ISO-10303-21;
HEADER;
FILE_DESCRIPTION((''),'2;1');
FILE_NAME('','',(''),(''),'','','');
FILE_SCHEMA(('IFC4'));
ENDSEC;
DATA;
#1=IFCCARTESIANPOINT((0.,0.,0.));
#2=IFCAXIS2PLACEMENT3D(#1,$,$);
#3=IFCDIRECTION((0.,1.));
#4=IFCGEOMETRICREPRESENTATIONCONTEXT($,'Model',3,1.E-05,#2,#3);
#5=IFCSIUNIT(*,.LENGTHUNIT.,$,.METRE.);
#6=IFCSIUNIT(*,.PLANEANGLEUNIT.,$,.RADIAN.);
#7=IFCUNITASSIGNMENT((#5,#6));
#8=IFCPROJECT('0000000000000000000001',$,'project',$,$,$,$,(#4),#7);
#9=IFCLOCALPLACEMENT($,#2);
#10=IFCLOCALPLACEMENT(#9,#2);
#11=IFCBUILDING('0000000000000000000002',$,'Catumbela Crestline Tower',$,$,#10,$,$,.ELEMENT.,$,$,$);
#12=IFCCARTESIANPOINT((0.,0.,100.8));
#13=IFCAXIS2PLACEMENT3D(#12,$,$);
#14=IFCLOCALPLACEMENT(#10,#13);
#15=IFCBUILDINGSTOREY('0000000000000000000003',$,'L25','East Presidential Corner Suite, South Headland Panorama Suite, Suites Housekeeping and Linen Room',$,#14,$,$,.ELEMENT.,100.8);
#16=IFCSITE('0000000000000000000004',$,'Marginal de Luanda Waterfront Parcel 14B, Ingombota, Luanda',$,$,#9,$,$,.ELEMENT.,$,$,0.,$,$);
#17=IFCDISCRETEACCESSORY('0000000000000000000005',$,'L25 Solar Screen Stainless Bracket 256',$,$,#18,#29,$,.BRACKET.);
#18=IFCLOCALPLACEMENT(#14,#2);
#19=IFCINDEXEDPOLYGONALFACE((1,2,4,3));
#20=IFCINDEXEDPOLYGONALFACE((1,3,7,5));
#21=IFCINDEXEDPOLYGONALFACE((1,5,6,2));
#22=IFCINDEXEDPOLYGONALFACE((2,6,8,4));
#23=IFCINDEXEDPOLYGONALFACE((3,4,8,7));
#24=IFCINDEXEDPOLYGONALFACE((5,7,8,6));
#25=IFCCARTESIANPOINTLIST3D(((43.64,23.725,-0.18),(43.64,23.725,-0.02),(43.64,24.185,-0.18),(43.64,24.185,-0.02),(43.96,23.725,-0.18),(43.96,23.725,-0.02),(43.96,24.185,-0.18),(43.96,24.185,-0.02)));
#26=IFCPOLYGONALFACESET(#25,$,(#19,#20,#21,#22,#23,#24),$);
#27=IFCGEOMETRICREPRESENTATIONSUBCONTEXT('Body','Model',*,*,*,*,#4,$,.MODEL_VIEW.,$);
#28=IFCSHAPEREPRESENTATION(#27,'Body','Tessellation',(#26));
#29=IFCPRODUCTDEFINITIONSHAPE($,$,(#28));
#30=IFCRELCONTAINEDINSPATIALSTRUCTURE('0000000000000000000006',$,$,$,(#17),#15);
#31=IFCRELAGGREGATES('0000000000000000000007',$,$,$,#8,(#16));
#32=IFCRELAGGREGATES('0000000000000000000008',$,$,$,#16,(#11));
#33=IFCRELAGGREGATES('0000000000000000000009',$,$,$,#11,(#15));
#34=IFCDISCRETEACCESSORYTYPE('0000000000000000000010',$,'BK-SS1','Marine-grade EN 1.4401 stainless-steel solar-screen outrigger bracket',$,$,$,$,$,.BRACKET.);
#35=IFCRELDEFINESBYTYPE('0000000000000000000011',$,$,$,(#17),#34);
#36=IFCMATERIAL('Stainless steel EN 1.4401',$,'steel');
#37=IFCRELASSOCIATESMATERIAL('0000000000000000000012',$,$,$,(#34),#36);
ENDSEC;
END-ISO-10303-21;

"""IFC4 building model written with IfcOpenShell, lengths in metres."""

from ifc_helpers import new_model, si_unit, direction, frame, origin, origin_2d, place, context, subcontext, project, spatial, rectangle, extrude, material, type_object, element, save


model = new_model("IFC4")

# Units and contexts
model_context = context("Model", 3, precision=1e-05, world=origin(), true_north=direction((0.0, 1.0)))
body_context = subcontext(model_context, "Body", "Model", "MODEL_VIEW")
ifc_project = project(units=[si_unit("LENGTHUNIT", "METRE"), si_unit("PLANEANGLEUNIT", "RADIAN")], contexts=[model_context])

# Site, building, storey
site_placement = place(None, origin())
site = spatial("IfcSite", under=ifc_project, at=site_placement, Name="Marginal de Luanda Waterfront Parcel 14B, Ingombota, Luanda", CompositionType="ELEMENT", RefElevation=0.0)
building_placement = place(site_placement, origin())
building = spatial("IfcBuilding", under=site, at=building_placement, Name="Catumbela Crestline Tower", CompositionType="ELEMENT")
storey_placement = place(building_placement, frame((0.0, 0.0, 100.8)))
storey = spatial("IfcBuildingStorey", under=building, at=storey_placement, Name="L25", Description="East Presidential Corner Suite, South Headland Panorama Suite, Suites Housekeeping and Linen Room", CompositionType="ELEMENT", Elevation=100.8)

# Discrete accessory
ifc_material_1 = material(Name="Stainless steel EN 1.4401", Category="steel")
discrete_accessory_type = type_object("IfcDiscreteAccessoryType", Name="BK-SS1", Description="Marine-grade EN 1.4401 stainless-steel solar-screen outrigger bracket", PredefinedType="BRACKET", material=ifc_material_1)
discrete_accessory_placement = place(storey_placement, frame((43.8, 23.955, -0.18), z_axis=(0.0, 0.0, 1.0), x_axis=(1.0, 0.0, 0.0)))
element("IfcDiscreteAccessory", 1, at=discrete_accessory_placement, inside=storey, type_object=discrete_accessory_type, Name="L25 Solar Screen Stainless Bracket 256", PredefinedType="BRACKET", context=body_context, shape_type="SweptSolid", body=[
    extrude(rectangle(XDim=0.32, YDim=0.46, at=origin_2d()), origin(), (0.0, 0.0, 1.0), 0.16),
])

save(model, "model.ifc")
